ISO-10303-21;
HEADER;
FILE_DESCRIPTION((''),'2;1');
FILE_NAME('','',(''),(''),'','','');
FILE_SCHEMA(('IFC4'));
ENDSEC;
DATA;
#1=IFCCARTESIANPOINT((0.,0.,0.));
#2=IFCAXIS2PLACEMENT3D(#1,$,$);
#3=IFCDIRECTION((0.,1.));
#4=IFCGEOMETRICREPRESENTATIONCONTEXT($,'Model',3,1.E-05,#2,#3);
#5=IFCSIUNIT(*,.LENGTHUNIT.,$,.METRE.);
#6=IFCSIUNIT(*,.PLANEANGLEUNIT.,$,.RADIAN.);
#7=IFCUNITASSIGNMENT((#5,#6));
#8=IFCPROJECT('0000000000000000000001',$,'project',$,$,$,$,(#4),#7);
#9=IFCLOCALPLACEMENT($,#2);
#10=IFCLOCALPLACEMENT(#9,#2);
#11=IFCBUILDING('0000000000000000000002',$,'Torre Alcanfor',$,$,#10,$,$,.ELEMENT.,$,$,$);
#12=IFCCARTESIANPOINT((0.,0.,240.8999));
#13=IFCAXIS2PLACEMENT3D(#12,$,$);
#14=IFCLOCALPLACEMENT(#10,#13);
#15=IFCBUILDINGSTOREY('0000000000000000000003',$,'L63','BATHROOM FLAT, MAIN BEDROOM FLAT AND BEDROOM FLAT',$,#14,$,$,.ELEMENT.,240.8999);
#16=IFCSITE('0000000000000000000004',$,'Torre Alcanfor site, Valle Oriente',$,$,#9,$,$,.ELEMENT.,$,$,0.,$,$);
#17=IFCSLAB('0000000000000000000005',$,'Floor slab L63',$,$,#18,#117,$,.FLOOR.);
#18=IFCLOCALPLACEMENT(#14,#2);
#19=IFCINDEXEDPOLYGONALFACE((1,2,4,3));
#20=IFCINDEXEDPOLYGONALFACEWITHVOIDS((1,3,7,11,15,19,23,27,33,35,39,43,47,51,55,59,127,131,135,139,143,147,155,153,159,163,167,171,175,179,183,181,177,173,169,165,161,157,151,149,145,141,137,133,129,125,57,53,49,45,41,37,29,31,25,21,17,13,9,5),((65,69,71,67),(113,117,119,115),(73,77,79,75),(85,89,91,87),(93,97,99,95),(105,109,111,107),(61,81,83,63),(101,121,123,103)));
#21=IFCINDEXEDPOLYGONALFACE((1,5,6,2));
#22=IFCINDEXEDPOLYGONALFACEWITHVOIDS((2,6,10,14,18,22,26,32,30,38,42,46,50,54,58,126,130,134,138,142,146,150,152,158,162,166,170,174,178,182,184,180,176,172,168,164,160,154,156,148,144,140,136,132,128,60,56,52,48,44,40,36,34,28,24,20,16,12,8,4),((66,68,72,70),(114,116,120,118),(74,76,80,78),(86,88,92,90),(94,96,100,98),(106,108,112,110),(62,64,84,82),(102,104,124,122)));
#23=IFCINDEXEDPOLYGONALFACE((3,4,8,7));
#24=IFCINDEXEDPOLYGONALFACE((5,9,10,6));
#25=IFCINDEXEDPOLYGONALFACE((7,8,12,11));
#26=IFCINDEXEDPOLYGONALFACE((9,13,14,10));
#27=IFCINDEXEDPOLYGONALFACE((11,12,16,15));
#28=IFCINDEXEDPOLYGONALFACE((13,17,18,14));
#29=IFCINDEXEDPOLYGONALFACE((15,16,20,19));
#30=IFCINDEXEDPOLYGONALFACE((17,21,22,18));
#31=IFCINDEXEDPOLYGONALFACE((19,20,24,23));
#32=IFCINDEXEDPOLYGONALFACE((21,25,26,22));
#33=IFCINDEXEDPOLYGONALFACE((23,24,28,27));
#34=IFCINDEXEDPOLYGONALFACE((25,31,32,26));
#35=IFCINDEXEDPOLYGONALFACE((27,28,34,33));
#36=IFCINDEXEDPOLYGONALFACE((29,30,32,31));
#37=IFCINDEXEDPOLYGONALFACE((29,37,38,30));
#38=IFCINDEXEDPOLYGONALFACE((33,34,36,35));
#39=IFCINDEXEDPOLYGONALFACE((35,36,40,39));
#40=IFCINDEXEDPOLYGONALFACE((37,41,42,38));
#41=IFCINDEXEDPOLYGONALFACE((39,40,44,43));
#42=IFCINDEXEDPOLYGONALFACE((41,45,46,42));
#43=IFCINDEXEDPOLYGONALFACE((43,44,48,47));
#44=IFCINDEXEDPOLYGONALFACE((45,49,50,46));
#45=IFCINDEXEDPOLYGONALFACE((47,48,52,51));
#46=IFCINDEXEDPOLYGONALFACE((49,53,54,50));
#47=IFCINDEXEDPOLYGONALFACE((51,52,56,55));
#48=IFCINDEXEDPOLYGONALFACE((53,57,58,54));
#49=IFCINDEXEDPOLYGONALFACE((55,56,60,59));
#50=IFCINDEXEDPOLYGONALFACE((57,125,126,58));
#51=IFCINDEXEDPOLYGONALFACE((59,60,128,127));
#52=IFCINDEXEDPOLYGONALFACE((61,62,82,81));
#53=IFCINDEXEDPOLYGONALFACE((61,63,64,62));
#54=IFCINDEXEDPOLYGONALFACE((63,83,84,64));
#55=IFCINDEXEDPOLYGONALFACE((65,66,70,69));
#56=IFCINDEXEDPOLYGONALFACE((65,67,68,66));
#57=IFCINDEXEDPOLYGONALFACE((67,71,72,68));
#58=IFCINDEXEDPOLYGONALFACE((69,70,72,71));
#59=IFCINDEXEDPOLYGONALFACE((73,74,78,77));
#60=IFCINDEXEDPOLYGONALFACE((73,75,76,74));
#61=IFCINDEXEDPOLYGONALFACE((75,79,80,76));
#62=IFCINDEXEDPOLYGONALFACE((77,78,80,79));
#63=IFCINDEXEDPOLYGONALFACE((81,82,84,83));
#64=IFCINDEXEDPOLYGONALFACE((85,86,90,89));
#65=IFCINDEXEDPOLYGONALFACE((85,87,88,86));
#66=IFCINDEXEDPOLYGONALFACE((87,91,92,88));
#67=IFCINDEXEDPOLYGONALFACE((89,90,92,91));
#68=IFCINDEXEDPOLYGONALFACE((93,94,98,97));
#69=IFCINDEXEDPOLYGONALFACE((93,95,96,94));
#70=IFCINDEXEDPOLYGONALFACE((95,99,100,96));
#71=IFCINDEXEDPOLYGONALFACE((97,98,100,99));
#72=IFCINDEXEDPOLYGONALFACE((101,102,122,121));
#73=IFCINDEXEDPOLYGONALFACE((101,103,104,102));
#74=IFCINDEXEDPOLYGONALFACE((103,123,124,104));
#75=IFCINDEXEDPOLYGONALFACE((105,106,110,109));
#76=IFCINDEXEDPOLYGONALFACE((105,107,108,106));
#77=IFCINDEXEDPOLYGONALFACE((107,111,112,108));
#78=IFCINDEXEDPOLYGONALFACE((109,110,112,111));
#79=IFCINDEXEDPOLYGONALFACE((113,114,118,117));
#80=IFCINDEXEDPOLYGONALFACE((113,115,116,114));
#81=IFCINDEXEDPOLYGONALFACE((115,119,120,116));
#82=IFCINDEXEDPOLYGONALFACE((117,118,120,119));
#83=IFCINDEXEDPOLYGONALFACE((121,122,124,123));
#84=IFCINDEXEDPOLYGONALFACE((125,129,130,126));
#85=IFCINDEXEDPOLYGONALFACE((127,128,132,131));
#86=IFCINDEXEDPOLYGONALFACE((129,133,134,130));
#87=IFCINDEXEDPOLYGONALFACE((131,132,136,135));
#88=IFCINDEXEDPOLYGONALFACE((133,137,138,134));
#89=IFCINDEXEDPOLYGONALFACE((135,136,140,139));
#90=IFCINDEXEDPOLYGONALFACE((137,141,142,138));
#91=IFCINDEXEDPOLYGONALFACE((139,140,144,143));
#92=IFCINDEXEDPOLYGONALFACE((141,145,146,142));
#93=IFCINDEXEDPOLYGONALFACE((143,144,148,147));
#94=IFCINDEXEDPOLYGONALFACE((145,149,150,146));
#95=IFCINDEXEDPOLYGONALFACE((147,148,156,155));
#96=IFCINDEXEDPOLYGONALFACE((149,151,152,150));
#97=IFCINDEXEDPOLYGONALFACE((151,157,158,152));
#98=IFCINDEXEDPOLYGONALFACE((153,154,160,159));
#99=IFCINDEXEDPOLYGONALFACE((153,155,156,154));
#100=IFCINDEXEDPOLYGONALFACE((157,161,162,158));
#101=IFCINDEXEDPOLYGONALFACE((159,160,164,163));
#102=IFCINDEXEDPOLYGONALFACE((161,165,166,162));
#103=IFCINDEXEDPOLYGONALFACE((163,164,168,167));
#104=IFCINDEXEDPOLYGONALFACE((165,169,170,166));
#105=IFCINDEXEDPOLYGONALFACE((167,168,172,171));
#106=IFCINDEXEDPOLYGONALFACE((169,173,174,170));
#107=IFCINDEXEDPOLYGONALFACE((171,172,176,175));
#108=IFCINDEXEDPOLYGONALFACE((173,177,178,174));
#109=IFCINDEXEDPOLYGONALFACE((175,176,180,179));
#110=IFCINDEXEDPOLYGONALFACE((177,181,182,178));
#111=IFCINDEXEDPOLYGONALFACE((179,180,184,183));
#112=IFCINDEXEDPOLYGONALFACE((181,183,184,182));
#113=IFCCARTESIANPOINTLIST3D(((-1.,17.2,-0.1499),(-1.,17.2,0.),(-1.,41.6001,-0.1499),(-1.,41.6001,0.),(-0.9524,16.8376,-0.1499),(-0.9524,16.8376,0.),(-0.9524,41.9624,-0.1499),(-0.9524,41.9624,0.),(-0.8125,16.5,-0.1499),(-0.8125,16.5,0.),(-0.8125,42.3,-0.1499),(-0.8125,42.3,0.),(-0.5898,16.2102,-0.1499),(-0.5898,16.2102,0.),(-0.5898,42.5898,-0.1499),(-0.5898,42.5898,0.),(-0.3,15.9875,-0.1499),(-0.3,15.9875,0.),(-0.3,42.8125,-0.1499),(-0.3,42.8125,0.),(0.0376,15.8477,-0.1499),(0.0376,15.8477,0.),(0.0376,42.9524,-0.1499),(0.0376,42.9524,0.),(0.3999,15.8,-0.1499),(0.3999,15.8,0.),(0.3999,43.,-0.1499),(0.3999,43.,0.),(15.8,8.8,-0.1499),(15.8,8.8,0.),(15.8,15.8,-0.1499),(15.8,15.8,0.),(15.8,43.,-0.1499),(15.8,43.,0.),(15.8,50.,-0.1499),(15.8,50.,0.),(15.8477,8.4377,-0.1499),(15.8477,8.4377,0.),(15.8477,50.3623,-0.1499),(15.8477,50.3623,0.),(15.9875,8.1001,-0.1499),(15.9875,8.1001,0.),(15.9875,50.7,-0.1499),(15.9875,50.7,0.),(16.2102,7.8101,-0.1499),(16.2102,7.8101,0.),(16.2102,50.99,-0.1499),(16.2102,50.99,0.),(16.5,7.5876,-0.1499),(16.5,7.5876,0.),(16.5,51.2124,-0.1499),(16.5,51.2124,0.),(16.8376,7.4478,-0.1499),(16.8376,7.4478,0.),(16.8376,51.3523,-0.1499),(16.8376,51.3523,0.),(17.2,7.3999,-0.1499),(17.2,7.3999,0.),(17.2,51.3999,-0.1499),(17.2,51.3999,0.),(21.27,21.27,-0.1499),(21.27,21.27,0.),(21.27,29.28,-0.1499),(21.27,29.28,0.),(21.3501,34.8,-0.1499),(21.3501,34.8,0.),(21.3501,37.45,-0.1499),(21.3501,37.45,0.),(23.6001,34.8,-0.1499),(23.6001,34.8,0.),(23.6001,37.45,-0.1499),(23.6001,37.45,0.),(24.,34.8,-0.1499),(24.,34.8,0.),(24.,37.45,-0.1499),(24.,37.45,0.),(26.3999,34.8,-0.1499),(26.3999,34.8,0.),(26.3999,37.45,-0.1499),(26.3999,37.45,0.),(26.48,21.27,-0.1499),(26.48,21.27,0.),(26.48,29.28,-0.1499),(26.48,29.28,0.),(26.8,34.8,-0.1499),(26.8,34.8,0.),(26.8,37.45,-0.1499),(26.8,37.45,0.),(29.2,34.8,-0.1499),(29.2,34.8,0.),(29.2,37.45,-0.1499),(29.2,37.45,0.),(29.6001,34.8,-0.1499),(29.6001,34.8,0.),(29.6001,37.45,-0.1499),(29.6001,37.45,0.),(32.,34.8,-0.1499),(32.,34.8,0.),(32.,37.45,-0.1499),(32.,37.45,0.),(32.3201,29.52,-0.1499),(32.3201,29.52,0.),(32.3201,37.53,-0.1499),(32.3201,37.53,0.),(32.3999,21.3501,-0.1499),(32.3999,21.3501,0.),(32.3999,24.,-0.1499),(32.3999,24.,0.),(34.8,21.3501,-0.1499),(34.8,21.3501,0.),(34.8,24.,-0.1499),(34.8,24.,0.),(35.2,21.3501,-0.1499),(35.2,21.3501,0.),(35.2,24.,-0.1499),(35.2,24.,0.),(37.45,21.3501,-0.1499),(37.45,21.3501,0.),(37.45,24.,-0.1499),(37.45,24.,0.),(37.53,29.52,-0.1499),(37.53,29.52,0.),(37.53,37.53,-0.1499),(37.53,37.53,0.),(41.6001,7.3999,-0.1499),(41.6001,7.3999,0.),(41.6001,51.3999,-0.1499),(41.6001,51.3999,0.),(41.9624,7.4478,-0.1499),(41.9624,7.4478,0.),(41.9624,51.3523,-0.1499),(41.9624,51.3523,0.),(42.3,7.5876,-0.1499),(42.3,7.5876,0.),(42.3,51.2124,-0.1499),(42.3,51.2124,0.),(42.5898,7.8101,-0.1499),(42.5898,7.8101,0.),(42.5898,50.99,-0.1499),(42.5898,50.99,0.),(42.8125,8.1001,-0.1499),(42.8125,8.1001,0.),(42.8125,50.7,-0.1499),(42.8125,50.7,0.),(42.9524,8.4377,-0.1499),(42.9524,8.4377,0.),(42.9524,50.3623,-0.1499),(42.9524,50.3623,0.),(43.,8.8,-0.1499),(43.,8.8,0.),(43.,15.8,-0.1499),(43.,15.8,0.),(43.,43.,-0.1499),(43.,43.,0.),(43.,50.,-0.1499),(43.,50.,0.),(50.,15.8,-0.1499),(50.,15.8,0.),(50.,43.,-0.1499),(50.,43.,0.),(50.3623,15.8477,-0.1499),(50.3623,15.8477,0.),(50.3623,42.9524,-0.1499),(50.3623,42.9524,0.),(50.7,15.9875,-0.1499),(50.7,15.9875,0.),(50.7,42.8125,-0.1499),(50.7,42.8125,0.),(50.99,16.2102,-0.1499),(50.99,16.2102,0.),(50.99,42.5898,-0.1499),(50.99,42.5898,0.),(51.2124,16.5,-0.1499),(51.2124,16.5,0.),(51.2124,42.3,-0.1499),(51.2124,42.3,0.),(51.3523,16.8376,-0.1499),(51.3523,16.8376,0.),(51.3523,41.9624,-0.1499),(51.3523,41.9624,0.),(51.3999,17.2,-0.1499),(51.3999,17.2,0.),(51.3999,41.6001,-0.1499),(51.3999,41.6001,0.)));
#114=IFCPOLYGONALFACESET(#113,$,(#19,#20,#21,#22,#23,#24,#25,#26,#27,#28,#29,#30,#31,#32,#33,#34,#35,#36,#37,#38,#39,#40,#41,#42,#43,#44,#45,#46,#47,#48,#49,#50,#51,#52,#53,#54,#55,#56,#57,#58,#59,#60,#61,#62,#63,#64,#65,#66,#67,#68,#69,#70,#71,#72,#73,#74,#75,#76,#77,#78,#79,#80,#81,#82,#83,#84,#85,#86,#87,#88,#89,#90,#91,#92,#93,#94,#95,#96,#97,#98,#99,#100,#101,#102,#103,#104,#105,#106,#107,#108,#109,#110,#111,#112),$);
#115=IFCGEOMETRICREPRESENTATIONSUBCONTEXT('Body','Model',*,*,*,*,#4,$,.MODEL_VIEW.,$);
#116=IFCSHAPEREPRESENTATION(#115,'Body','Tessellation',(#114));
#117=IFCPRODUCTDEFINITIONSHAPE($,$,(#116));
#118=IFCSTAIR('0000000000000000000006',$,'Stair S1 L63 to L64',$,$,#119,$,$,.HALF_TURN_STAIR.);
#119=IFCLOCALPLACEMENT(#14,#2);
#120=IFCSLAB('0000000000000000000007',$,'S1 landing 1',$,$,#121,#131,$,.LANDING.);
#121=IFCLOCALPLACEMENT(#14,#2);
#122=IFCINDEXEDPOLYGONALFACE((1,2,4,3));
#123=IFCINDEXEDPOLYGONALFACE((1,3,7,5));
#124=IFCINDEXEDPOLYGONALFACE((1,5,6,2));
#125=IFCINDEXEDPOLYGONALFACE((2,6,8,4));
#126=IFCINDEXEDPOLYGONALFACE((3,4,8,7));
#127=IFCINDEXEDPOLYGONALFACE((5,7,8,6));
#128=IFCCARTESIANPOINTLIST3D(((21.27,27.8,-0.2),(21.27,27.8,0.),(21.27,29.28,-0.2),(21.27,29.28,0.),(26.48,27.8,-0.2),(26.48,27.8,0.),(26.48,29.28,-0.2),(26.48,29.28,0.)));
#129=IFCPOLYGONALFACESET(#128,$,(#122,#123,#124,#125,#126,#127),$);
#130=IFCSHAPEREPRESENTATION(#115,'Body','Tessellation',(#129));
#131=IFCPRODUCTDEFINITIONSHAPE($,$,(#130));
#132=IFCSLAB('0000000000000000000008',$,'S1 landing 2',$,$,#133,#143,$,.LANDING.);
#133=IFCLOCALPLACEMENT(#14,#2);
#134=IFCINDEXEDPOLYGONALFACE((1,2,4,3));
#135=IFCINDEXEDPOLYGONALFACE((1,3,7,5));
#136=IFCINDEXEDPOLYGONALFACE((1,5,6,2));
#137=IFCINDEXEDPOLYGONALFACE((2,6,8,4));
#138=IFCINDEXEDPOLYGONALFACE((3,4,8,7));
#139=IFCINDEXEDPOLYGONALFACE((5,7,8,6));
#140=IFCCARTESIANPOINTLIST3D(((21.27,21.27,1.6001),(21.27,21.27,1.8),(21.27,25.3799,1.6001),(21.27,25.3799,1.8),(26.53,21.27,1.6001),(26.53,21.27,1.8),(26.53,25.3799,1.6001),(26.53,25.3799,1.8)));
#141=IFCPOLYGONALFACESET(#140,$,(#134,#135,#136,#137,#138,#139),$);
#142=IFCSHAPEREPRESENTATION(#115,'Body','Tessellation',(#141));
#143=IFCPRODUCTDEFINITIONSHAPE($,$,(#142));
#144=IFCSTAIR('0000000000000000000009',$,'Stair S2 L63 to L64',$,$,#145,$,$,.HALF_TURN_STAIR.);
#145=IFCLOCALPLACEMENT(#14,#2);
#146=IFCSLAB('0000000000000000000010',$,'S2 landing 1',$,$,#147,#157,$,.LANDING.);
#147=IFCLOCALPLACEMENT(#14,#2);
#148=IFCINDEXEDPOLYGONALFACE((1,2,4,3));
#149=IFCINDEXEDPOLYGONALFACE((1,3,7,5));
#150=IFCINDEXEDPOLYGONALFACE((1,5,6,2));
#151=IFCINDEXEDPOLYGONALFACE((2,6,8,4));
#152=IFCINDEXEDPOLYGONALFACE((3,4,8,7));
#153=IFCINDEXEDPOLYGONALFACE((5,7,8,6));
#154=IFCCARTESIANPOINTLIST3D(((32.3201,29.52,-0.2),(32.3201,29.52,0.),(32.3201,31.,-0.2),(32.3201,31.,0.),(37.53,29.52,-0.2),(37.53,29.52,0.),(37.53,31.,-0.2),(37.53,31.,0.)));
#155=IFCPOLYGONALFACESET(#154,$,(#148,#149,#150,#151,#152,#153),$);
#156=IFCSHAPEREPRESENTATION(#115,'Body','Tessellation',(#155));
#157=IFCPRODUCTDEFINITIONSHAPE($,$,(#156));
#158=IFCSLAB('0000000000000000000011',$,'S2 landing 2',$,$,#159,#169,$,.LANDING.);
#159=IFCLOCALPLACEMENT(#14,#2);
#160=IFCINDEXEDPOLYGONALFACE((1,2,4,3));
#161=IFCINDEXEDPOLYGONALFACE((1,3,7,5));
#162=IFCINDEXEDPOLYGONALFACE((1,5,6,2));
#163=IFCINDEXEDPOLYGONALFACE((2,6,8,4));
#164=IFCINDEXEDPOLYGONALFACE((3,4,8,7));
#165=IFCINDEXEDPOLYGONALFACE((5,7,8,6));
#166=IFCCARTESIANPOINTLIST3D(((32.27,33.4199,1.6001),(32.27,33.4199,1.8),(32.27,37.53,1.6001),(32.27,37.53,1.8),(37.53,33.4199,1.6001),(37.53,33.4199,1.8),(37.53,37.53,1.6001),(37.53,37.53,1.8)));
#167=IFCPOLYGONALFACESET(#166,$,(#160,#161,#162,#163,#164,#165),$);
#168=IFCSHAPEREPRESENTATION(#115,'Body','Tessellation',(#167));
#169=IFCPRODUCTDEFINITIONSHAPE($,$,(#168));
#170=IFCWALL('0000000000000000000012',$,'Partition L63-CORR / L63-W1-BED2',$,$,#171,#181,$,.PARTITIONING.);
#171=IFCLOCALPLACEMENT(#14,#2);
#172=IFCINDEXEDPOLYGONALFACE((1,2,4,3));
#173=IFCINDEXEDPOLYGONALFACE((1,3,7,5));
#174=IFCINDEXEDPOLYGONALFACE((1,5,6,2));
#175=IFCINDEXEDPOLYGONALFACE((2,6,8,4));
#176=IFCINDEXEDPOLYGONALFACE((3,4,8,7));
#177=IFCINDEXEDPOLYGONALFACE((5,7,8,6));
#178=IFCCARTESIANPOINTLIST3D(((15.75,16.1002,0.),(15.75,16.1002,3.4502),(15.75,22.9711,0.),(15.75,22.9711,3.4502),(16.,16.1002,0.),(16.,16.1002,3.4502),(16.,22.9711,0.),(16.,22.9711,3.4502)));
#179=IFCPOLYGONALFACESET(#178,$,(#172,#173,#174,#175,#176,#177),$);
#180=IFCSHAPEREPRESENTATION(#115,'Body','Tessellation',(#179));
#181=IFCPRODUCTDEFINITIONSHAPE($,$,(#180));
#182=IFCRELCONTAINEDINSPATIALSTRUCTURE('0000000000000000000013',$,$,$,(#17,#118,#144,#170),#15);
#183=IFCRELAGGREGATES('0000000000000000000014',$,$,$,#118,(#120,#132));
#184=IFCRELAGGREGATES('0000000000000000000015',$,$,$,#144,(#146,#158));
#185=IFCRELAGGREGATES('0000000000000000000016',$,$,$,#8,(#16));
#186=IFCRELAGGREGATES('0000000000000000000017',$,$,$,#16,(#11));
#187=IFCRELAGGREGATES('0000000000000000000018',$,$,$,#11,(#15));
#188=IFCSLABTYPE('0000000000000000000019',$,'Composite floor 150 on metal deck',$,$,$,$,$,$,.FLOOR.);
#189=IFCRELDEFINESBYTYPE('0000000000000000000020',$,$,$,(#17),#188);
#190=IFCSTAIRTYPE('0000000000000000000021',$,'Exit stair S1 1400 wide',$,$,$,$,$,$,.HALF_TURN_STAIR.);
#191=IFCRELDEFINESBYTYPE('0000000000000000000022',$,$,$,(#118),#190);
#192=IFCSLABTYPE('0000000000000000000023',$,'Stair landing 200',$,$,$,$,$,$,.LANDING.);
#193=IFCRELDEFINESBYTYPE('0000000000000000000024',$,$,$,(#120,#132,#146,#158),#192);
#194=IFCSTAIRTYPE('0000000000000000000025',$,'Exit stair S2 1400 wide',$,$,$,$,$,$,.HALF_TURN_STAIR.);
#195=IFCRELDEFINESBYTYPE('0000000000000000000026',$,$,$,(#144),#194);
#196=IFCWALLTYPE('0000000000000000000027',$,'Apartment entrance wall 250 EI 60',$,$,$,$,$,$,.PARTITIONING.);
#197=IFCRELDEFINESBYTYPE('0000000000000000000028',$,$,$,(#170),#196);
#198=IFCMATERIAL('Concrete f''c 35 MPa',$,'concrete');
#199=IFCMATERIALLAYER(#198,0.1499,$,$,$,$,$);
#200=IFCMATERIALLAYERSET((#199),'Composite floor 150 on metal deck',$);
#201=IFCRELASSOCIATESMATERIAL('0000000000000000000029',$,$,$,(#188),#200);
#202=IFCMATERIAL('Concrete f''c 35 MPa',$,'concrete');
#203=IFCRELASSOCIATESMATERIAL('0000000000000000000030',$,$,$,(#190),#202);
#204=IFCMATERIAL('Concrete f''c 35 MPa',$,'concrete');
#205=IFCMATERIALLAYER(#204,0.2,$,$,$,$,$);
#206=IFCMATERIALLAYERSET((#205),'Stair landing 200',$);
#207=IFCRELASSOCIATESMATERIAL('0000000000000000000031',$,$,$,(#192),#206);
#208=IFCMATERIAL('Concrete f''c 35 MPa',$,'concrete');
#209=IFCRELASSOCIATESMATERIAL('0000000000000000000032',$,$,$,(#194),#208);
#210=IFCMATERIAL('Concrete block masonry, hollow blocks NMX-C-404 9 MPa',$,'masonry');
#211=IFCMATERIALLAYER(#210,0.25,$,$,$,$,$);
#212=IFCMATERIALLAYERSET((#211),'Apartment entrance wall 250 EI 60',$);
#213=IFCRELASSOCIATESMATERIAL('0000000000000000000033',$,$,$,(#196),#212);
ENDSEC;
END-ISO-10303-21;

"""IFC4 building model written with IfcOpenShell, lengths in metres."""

from ifc_helpers import new_model, si_unit, direction, frame, frame_2d, origin, place, context, subcontext, project, spatial, polyline, rectangle, outline, extrude, material, layer, layer_set, type_object, element, aggregate, save


model = new_model("IFC4")

# Units and contexts
model_context = context("Model", 3, precision=1e-05, world=origin(), true_north=direction((0.0, 1.0)))
body_context = subcontext(model_context, "Body", "Model", "MODEL_VIEW")
ifc_project = project(units=[si_unit("LENGTHUNIT", "METRE"), si_unit("PLANEANGLEUNIT", "RADIAN")], contexts=[model_context])

# Site, building, storey
site_placement = place(None, origin())
site = spatial("IfcSite", under=ifc_project, at=site_placement, Name="Torre Alcanfor site, Valle Oriente", CompositionType="ELEMENT", RefElevation=0.0)
building_placement = place(site_placement, origin())
building = spatial("IfcBuilding", under=site, at=building_placement, Name="Torre Alcanfor", CompositionType="ELEMENT")
storey_placement = place(building_placement, frame((0.0, 0.0, 240.8999)))
storey = spatial("IfcBuildingStorey", under=building, at=storey_placement, Name="L63", Description="BATHROOM FLAT, MAIN BEDROOM FLAT AND BEDROOM FLAT", CompositionType="ELEMENT", Elevation=240.8999)

# Slab
ifc_material_1 = material(Name="Concrete f'c 35 MPa", Category="concrete")
ifc_layer_1 = layer(ifc_material_1, 0.1499)
ifc_layer_set_1 = layer_set([ifc_layer_1], Name="Composite floor 150 on metal deck")
slab_type_1 = type_object("IfcSlabType", Name="Composite floor 150 on metal deck", PredefinedType="FLOOR", material=ifc_layer_set_1)
slab_1_placement = place(storey_placement, frame((0.0, 0.0, -0.1499)))
element("IfcSlab", 1, at=slab_1_placement, inside=storey, type_object=slab_type_1, Name="Floor slab L63", PredefinedType="FLOOR", context=body_context, shape_type="SweptSolid", body=[
    extrude(outline(polyline([(15.8, 43.0), (0.3999, 43.0), (0.0376, 42.9524), (-0.3, 42.8125), (-0.5898, 42.5898), (-0.8125, 42.3), (-0.9524, 41.9624), (-1.0, 41.6001), (-1.0, 17.2), (-0.9524, 16.8376), (-0.8125, 16.5), (-0.5898, 16.2102), (-0.3, 15.9875), (0.0376, 15.8477), (0.3999, 15.8), (15.8, 15.8), (15.8, 8.8), (15.8477, 8.4377), (15.9875, 8.1001), (16.2102, 7.8101), (16.5, 7.5876), (16.8376, 7.4478), (17.2, 7.3999), (41.6001, 7.3999), (41.9624, 7.4478), (42.3, 7.5876), (42.5898, 7.8101), (42.8125, 8.1001), (42.9524, 8.4377), (43.0, 8.8), (43.0, 15.8), (50.0, 15.8), (50.3623, 15.8477), (50.7, 15.9875), (50.99, 16.2102), (51.2124, 16.5), (51.3523, 16.8376), (51.3999, 17.2), (51.3999, 41.6001), (51.3523, 41.9624), (51.2124, 42.3), (50.99, 42.5898), (50.7, 42.8125), (50.3623, 42.9524), (50.0, 43.0), (43.0, 43.0), (43.0, 50.0), (42.9524, 50.3623), (42.8125, 50.7), (42.5898, 50.99), (42.3, 51.2124), (41.9624, 51.3523), (41.6001, 51.3999), (17.2, 51.3999), (16.8376, 51.3523), (16.5, 51.2124), (16.2102, 50.99), (15.9875, 50.7), (15.8477, 50.3623), (15.8, 50.0), (15.8, 43.0)]), holes=[polyline([(21.27, 21.27), (26.48, 21.27), (26.48, 29.28), (21.27, 29.28), (21.27, 21.27)]), polyline([(32.3201, 29.52), (37.53, 29.52), (37.53, 37.53), (32.3201, 37.53), (32.3201, 29.52)]), polyline([(32.3999, 21.3501), (34.8, 21.3501), (34.8, 24.0), (32.3999, 24.0), (32.3999, 21.3501)]), polyline([(35.2, 21.3501), (37.45, 21.3501), (37.45, 24.0), (35.2, 24.0), (35.2, 21.3501)]), polyline([(21.3501, 34.8), (23.6001, 34.8), (23.6001, 37.45), (21.3501, 37.45), (21.3501, 34.8)]), polyline([(24.0, 34.8), (26.3999, 34.8), (26.3999, 37.45), (24.0, 37.45), (24.0, 34.8)]), polyline([(26.8, 34.8), (29.2, 34.8), (29.2, 37.45), (26.8, 37.45), (26.8, 34.8)]), polyline([(29.6001, 34.8), (32.0, 34.8), (32.0, 37.45), (29.6001, 37.45), (29.6001, 34.8)])]), origin(), (0.0, 0.0, 1.0), 0.1499),
])

# Stairs, slabs
ifc_material_2 = material(Name="Concrete f'c 35 MPa", Category="concrete")
stair_type_1 = type_object("IfcStairType", Name="Exit stair S1 1400 wide", PredefinedType="HALF_TURN_STAIR", material=ifc_material_2)
stair_1_placement = place(storey_placement, origin())
stair_1 = element("IfcStair", 2, at=stair_1_placement, inside=storey, type_object=stair_type_1, Name="Stair S1 L63 to L64", PredefinedType="HALF_TURN_STAIR")
ifc_material_3 = material(Name="Concrete f'c 35 MPa", Category="concrete")
ifc_layer_2 = layer(ifc_material_3, 0.2)
ifc_layer_set_2 = layer_set([ifc_layer_2], Name="Stair landing 200")
slab_type_2 = type_object("IfcSlabType", Name="Stair landing 200", PredefinedType="LANDING", material=ifc_layer_set_2)
slab_2_placement = place(storey_placement, frame((0.0, 0.0, -0.2)))
slab_2 = element("IfcSlab", 3, at=slab_2_placement, type_object=slab_type_2, Name="S1 landing 1", PredefinedType="LANDING", context=body_context, shape_type="SweptSolid", body=[
    extrude(outline(polyline([(21.27, 27.8), (26.48, 27.8), (26.48, 29.28), (21.27, 29.28), (21.27, 27.8)])), origin(), (0.0, 0.0, 1.0), 0.2),
])
slab_3_placement = place(storey_placement, frame((0.0, 0.0, 1.6001)))
slab_3 = element("IfcSlab", 4, at=slab_3_placement, type_object=slab_type_2, Name="S1 landing 2", PredefinedType="LANDING", context=body_context, shape_type="SweptSolid", body=[
    extrude(outline(polyline([(21.27, 21.27), (26.53, 21.27), (26.53, 25.3799), (21.27, 25.3799), (21.27, 21.27)])), origin(), (0.0, 0.0, 1.0), 0.2),
])
aggregate(stair_1, [slab_2, slab_3])
ifc_material_4 = material(Name="Concrete f'c 35 MPa", Category="concrete")
stair_type_2 = type_object("IfcStairType", Name="Exit stair S2 1400 wide", PredefinedType="HALF_TURN_STAIR", material=ifc_material_4)
stair_2_placement = place(storey_placement, origin())
stair_2 = element("IfcStair", 5, at=stair_2_placement, inside=storey, type_object=stair_type_2, Name="Stair S2 L63 to L64", PredefinedType="HALF_TURN_STAIR")
slab_4_placement = place(storey_placement, frame((0.0, 0.0, -0.2)))
slab_4 = element("IfcSlab", 6, at=slab_4_placement, type_object=slab_type_2, Name="S2 landing 1", PredefinedType="LANDING", context=body_context, shape_type="SweptSolid", body=[
    extrude(outline(polyline([(32.3201, 29.52), (37.53, 29.52), (37.53, 31.0), (32.3201, 31.0), (32.3201, 29.52)])), origin(), (0.0, 0.0, 1.0), 0.2),
])
slab_5_placement = place(storey_placement, frame((0.0, 0.0, 1.6001)))
slab_5 = element("IfcSlab", 7, at=slab_5_placement, type_object=slab_type_2, Name="S2 landing 2", PredefinedType="LANDING", context=body_context, shape_type="SweptSolid", body=[
    extrude(outline(polyline([(32.27, 33.4199), (37.53, 33.4199), (37.53, 37.53), (32.27, 37.53), (32.27, 33.4199)])), origin(), (0.0, 0.0, 1.0), 0.2),
])
aggregate(stair_2, [slab_4, slab_5])

# Wall
ifc_material_5 = material(Name="Concrete block masonry, hollow blocks NMX-C-404 9 MPa", Category="masonry")
ifc_layer_3 = layer(ifc_material_5, 0.25)
ifc_layer_set_3 = layer_set([ifc_layer_3], Name="Apartment entrance wall 250 EI 60")
wall_type_1 = type_object("IfcWallType", Name="Apartment entrance wall 250 EI 60", PredefinedType="PARTITIONING", material=ifc_layer_set_3)
wall_1_placement = place(storey_placement, frame((15.875, 16.1001, 0.0), z_axis=(0.0, 0.0, 1.0), x_axis=(0.0, 1.0, 0.0)))
element("IfcWall", 8, at=wall_1_placement, inside=storey, type_object=wall_type_1, Name="Partition L63-CORR / L63-W1-BED2", PredefinedType="PARTITIONING", context=body_context, shape_type="SweptSolid", body=[
    extrude(rectangle(XDim=6.8708, YDim=0.25, at=frame_2d((3.4355, 0.0))), origin(), (0.0, 0.0, 1.0), 3.4502),
])

save(model, "model.ifc")
